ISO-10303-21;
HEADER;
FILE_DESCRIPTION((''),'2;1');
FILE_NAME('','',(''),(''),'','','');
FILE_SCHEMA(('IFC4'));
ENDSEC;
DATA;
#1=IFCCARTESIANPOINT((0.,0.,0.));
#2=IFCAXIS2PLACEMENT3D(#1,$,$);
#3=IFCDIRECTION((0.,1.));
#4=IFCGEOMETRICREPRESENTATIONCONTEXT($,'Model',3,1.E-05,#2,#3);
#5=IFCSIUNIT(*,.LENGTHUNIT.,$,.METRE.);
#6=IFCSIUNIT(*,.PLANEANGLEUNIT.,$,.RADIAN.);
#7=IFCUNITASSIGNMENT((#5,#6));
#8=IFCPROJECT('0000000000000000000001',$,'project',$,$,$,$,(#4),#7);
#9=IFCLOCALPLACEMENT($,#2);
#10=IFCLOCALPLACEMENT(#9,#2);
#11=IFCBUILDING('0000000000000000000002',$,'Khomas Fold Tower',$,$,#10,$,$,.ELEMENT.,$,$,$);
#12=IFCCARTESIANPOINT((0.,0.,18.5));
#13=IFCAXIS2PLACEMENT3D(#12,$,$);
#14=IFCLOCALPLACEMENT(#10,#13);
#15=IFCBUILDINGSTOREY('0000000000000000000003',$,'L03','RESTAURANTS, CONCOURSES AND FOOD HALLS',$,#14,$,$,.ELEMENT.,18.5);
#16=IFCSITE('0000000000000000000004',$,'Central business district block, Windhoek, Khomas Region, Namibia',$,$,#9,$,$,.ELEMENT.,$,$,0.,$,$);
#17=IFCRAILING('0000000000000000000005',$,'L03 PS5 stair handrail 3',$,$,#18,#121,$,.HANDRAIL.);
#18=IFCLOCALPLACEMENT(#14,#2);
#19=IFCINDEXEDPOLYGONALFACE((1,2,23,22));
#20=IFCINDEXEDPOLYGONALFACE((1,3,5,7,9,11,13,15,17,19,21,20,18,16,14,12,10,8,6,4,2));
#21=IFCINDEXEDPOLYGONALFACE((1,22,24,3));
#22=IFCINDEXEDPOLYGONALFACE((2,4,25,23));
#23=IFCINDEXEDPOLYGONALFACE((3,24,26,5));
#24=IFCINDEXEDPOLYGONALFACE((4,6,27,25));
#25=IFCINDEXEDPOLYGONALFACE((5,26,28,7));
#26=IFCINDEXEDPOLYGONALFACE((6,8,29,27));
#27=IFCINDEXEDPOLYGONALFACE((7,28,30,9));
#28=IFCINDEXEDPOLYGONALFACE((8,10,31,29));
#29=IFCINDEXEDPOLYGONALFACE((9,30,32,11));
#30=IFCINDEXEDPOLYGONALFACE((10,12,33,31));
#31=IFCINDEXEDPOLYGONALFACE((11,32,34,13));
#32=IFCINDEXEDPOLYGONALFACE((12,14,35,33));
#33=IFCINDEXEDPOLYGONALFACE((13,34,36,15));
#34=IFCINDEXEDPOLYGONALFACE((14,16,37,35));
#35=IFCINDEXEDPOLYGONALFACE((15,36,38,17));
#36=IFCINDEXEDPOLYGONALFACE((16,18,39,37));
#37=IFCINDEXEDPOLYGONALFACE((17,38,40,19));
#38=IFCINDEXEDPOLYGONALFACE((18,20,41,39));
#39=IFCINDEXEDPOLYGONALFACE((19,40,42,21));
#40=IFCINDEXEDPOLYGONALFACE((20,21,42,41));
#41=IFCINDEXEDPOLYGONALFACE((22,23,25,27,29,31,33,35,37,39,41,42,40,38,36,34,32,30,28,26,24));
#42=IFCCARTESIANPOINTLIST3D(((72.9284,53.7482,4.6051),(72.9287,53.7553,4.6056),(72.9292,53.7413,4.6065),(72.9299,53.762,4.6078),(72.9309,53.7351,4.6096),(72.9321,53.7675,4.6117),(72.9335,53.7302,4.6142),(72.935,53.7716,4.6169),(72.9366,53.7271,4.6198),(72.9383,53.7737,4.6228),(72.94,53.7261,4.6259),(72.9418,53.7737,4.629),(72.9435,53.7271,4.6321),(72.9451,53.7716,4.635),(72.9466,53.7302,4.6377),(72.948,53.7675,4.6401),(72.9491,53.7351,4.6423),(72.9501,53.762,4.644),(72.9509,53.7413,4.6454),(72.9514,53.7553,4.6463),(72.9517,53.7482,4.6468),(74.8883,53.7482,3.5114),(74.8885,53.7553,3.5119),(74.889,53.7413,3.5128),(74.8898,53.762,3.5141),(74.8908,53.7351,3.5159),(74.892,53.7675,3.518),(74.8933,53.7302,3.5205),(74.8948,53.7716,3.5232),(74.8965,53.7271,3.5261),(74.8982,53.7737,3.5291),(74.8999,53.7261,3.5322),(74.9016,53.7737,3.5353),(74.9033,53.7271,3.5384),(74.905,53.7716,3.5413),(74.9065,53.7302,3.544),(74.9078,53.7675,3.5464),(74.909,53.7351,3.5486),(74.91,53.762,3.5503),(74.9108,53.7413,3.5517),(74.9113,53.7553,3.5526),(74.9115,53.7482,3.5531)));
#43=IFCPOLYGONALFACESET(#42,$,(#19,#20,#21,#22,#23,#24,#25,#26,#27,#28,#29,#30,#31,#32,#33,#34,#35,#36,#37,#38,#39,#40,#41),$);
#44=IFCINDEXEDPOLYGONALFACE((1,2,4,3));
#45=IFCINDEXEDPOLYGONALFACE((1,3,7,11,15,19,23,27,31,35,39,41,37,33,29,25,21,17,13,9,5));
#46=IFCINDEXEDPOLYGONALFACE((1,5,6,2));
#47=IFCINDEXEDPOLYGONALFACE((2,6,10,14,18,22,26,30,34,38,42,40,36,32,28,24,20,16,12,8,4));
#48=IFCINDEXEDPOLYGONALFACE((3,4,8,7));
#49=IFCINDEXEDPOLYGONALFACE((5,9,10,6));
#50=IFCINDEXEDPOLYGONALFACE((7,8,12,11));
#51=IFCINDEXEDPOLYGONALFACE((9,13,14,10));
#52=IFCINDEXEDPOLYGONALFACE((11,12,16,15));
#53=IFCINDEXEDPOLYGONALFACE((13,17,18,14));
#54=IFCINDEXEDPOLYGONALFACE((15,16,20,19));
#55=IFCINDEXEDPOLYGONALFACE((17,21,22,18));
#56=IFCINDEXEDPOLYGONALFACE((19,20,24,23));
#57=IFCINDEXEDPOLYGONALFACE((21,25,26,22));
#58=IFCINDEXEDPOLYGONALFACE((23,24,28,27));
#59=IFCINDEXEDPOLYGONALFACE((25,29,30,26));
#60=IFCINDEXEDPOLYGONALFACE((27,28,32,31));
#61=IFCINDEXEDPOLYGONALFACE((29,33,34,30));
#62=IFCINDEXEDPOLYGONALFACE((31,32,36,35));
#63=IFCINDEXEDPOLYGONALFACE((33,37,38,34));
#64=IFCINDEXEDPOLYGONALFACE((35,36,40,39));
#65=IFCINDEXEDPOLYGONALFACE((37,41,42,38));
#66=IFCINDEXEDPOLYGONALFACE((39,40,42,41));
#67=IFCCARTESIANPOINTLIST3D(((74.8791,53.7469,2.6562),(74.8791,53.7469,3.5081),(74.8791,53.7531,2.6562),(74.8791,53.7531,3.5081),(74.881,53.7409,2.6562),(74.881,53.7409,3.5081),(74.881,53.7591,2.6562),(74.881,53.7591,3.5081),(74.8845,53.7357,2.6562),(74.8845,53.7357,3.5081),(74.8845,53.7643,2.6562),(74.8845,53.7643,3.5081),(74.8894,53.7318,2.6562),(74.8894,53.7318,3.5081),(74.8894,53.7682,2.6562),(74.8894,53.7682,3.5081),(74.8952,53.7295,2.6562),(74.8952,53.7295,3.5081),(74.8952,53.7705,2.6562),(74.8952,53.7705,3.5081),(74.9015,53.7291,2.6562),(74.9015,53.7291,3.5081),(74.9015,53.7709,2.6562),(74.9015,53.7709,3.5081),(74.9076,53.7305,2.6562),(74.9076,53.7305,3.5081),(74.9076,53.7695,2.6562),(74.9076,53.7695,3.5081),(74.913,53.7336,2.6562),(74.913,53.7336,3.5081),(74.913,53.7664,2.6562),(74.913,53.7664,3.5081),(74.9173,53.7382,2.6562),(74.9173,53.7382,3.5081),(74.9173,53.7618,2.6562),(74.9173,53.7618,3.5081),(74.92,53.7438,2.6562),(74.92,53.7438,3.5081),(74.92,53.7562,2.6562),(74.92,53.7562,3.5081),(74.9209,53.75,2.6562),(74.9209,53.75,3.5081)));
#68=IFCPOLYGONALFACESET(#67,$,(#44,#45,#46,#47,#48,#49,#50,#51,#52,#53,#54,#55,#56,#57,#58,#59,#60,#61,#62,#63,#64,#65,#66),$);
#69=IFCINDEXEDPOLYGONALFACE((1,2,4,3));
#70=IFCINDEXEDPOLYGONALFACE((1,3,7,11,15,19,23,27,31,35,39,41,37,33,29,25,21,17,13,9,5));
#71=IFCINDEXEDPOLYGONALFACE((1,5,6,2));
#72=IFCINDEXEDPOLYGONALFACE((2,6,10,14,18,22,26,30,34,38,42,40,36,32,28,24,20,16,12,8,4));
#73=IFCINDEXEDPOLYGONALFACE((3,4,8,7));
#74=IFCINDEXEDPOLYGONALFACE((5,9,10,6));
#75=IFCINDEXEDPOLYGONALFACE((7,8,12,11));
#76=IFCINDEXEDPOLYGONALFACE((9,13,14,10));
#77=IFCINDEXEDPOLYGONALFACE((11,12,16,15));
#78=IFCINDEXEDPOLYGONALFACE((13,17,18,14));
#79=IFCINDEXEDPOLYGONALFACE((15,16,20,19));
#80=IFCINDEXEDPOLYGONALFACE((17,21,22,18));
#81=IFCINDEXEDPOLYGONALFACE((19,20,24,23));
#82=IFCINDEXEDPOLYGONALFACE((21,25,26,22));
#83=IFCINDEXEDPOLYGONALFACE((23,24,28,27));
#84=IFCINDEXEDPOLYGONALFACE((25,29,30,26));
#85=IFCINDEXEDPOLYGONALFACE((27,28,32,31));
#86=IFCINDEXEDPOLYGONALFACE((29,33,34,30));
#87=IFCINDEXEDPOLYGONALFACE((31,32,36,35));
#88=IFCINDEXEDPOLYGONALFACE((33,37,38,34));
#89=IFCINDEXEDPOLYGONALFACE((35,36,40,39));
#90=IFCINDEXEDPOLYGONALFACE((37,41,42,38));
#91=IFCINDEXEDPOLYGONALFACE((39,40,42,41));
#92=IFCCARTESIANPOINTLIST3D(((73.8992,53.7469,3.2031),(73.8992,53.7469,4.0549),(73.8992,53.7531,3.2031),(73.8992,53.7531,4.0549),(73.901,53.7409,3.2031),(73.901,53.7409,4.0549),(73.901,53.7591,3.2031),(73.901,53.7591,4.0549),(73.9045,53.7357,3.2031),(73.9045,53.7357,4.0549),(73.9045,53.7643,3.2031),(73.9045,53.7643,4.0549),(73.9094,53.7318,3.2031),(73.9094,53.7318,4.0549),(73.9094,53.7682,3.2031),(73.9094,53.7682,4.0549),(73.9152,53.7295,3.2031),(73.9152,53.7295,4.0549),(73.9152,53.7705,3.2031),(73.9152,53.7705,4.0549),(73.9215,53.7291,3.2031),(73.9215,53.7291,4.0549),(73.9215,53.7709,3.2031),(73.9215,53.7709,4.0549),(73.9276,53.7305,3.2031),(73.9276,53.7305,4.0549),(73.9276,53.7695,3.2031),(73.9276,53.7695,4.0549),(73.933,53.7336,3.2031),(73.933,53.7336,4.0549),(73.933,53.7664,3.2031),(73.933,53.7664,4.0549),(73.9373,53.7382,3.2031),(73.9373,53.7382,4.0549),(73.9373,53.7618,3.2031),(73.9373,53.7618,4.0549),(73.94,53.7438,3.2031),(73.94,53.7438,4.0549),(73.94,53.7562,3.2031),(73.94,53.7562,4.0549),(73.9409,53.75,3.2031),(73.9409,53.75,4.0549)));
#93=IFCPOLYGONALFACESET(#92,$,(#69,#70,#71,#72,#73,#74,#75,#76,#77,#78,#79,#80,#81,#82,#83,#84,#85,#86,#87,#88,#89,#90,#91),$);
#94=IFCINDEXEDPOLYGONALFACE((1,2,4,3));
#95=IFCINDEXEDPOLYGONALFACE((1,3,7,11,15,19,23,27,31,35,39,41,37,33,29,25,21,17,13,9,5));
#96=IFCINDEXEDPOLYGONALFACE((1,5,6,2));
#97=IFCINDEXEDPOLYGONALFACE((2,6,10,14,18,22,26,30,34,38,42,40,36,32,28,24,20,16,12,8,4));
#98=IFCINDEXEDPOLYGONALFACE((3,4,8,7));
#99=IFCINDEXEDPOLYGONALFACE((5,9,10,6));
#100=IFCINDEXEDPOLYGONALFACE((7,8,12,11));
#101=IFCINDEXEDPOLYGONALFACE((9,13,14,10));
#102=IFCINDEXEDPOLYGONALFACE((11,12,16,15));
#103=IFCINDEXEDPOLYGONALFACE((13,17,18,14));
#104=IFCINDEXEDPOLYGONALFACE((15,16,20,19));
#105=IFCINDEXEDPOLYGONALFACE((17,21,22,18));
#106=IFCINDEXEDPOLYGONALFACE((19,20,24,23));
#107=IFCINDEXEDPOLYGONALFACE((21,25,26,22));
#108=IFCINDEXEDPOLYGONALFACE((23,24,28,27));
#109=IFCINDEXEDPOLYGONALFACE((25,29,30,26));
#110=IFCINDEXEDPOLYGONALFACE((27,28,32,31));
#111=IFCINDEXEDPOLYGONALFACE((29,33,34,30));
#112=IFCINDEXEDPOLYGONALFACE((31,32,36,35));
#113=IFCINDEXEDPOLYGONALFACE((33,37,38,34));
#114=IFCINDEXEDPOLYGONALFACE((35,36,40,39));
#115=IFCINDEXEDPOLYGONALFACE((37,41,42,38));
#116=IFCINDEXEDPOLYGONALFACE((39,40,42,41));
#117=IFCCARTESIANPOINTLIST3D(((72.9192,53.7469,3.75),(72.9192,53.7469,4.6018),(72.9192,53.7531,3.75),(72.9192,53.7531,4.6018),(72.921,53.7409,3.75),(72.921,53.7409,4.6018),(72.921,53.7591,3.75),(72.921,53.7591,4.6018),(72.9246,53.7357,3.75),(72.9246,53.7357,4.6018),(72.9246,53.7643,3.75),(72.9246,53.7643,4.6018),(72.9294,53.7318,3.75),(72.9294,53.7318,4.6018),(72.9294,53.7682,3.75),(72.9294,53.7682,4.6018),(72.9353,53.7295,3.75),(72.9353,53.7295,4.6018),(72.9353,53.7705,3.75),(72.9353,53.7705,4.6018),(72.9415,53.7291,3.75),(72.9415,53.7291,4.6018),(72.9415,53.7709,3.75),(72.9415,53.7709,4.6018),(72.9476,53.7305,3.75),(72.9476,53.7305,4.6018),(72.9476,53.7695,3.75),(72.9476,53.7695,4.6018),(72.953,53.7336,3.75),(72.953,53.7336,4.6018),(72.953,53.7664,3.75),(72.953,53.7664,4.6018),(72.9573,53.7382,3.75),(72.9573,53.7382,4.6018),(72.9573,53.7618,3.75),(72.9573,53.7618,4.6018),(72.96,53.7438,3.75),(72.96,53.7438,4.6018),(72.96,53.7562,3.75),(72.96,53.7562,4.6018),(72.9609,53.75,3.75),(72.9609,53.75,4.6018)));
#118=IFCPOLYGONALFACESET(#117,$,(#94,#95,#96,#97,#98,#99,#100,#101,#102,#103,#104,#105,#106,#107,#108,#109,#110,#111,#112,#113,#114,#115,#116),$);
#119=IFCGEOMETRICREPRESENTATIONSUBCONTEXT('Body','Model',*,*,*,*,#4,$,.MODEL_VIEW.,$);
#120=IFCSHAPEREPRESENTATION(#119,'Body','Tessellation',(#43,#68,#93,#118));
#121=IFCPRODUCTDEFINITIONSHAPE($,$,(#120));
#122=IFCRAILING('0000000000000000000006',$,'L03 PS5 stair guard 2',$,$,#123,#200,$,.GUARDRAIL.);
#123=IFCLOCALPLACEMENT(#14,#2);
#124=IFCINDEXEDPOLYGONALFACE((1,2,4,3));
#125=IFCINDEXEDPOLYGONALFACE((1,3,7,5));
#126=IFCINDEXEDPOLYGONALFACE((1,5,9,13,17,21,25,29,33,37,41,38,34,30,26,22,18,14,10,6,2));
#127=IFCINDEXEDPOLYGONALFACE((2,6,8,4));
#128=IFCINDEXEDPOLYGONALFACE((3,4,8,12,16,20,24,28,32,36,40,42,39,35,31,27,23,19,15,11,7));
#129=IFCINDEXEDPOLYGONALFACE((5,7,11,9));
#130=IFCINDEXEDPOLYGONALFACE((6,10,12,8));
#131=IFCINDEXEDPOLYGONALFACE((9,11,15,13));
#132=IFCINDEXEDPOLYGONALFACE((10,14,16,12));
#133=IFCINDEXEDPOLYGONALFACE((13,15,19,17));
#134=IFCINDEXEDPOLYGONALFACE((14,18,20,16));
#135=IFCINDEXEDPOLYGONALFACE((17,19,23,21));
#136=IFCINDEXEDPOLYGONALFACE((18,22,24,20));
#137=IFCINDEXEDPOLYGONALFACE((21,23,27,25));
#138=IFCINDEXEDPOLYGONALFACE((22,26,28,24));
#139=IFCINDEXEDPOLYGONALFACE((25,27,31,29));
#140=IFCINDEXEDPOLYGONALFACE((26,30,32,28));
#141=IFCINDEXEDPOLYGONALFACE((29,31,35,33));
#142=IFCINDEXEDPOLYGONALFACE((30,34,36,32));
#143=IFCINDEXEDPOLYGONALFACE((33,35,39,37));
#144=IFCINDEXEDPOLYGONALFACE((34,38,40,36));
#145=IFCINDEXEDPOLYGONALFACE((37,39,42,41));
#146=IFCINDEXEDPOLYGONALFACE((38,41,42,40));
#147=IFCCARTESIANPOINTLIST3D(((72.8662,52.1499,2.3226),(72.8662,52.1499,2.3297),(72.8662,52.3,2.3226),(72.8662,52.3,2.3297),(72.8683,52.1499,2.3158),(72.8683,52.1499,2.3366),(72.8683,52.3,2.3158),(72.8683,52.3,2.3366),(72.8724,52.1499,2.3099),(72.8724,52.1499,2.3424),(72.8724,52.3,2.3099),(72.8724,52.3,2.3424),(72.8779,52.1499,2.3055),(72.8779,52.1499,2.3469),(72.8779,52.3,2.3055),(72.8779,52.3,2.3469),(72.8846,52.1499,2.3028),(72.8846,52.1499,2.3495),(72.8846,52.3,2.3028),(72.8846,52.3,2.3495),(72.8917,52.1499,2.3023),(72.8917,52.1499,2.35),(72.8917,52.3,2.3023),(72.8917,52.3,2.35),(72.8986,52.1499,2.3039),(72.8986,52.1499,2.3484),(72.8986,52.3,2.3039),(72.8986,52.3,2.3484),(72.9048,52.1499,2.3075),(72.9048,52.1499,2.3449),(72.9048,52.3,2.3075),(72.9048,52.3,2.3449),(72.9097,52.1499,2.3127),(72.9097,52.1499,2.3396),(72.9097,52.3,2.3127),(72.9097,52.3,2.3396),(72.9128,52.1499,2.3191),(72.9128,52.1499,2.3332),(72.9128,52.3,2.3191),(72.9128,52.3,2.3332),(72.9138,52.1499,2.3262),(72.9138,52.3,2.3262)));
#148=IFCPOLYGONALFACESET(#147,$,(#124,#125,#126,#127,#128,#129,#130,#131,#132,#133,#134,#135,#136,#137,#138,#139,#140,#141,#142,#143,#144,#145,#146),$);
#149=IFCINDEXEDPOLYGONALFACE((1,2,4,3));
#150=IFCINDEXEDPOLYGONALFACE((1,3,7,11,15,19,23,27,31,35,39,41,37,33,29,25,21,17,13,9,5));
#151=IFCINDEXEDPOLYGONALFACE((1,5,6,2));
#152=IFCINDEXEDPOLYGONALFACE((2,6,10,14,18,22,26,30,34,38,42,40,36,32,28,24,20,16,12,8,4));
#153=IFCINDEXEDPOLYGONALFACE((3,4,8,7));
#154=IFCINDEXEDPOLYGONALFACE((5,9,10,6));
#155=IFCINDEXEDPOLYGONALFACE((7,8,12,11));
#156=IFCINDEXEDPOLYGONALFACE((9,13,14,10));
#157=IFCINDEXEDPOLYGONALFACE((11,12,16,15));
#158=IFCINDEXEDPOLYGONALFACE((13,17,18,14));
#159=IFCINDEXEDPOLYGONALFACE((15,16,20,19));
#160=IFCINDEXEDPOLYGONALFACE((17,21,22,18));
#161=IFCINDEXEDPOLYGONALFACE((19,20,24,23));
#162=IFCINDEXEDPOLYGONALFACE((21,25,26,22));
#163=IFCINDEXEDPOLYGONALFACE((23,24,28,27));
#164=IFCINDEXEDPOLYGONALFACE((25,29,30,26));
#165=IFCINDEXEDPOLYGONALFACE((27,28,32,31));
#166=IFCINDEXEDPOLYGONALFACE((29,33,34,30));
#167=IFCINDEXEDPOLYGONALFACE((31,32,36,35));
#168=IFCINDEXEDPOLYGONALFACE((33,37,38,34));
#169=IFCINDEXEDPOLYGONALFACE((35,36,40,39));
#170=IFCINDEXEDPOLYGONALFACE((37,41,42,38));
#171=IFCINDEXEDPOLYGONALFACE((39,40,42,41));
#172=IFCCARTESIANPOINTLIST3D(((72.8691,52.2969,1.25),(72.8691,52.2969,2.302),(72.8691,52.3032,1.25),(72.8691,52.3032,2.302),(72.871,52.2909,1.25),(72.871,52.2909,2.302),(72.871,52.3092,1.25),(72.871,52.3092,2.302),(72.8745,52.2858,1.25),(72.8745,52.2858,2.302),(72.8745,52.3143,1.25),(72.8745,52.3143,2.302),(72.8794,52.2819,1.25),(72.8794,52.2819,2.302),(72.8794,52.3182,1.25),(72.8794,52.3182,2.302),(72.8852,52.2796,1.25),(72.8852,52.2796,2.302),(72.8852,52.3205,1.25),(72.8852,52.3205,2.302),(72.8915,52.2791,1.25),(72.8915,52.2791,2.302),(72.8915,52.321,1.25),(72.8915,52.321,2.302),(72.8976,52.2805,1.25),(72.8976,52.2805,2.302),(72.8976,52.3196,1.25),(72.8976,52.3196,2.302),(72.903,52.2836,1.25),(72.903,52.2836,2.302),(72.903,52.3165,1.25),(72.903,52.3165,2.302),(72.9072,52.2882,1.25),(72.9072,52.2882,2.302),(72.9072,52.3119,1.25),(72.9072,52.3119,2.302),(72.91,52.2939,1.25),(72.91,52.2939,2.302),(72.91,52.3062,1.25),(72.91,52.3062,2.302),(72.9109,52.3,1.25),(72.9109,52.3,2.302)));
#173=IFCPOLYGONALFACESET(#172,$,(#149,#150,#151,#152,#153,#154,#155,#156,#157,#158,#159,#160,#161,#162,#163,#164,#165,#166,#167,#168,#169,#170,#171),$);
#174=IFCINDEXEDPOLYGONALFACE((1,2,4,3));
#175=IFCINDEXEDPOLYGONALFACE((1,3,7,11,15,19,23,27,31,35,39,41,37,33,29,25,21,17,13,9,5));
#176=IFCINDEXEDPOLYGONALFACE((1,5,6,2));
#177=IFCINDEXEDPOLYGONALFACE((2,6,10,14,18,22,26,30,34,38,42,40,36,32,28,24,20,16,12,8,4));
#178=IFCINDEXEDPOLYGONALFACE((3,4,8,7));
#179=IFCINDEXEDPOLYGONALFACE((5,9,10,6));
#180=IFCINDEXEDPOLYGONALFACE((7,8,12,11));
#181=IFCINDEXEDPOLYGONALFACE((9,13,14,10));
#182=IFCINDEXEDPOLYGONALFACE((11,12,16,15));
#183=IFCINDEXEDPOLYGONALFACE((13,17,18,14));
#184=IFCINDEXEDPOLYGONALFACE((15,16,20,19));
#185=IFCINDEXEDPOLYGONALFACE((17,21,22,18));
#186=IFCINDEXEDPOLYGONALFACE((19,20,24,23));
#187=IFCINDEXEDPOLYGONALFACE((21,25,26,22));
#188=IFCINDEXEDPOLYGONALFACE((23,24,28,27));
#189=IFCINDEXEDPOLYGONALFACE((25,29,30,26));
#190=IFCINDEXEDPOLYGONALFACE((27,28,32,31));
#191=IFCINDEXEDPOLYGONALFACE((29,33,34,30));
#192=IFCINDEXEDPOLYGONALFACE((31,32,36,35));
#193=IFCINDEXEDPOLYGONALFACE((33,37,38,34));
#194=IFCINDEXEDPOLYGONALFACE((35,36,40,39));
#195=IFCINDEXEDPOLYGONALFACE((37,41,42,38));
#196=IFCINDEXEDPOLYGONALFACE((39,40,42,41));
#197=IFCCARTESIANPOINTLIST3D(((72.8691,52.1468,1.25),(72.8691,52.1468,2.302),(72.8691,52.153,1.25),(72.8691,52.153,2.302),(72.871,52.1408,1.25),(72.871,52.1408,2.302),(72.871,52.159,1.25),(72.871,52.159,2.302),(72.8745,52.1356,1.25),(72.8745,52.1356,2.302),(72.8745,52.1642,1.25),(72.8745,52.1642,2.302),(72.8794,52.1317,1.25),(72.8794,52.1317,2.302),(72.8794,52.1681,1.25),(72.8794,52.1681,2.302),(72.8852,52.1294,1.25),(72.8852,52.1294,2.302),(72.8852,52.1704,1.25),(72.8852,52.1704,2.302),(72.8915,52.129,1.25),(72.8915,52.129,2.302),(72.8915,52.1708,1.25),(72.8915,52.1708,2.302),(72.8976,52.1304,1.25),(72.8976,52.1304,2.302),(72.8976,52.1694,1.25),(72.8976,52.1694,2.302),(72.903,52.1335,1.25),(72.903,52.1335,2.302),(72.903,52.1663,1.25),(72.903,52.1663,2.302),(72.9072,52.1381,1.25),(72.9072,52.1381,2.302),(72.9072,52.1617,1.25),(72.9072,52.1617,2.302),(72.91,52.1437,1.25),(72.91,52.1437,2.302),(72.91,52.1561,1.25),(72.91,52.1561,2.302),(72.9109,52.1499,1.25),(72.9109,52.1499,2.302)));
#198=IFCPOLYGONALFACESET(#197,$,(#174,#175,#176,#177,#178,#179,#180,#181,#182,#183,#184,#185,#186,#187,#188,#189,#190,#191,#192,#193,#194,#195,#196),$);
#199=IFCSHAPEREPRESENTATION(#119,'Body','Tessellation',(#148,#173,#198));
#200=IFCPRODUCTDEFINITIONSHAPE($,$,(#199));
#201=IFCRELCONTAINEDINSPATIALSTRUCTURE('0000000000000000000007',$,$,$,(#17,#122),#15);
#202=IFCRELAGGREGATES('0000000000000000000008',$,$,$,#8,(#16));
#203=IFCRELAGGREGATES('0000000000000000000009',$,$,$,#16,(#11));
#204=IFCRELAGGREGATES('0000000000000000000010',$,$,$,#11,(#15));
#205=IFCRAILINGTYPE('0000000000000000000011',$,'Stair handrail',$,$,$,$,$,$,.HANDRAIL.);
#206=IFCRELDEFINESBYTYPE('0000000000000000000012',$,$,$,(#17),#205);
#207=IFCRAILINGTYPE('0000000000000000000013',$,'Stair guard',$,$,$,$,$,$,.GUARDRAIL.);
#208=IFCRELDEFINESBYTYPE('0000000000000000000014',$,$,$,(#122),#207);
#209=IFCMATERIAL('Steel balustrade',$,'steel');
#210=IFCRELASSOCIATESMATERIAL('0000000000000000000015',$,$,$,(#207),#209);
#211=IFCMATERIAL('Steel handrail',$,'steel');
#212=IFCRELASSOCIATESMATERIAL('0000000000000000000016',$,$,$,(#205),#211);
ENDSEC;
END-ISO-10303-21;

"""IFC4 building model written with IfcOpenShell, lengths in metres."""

from ifc_helpers import new_model, si_unit, direction, frame, origin, origin_2d, place, context, subcontext, project, spatial, circle, extrude, source, transform, mapped, material, type_object, element, save


model = new_model("IFC4")

# Units and contexts
model_context = context("Model", 3, precision=1e-05, world=origin(), true_north=direction((0.0, 1.0)))
body_context = subcontext(model_context, "Body", "Model", "MODEL_VIEW")
ifc_project = project(units=[si_unit("LENGTHUNIT", "METRE"), si_unit("PLANEANGLEUNIT", "RADIAN")], contexts=[model_context])

# Site, building, storey
site_placement = place(None, origin())
site = spatial("IfcSite", under=ifc_project, at=site_placement, Name="Central business district block, Windhoek, Khomas Region, Namibia", CompositionType="ELEMENT", RefElevation=0.0)
building_placement = place(site_placement, origin())
building = spatial("IfcBuilding", under=site, at=building_placement, Name="Khomas Fold Tower", CompositionType="ELEMENT")
storey_placement = place(building_placement, frame((0.0, 0.0, 18.5)))
storey = spatial("IfcBuildingStorey", under=building, at=storey_placement, Name="L03", Description="RESTAURANTS, CONCOURSES AND FOOD HALLS", CompositionType="ELEMENT", Elevation=18.5)

# Railings
ifc_material_1 = material(Name="Steel balustrade", Category="steel")
railing_type_1 = type_object("IfcRailingType", Name="Stair guard", PredefinedType="GUARDRAIL", material=ifc_material_1)
ifc_material_2 = material(Name="Steel handrail", Category="steel")
railing_type_2 = type_object("IfcRailingType", Name="Stair handrail", PredefinedType="HANDRAIL", material=ifc_material_2)
shared_shape_1 = source(origin(), body_context, "Body", "SweptSolid", [
    extrude(circle(Radius=0.0239, at=origin_2d()), frame((0.0, 0.0, 0.876), z_axis=(-0.873232, 0.0, 0.487304), x_axis=(0.0, -1.0, 0.0)), (0.0, 0.0, 1.0), 2.2444),
    extrude(circle(Radius=0.021, at=origin_2d()), origin(), (0.0, 0.0, 1.0), 0.8518),
    extrude(circle(Radius=0.021, at=origin_2d()), frame((-0.98, 0.0, 0.5469)), (0.0, 0.0, 1.0), 0.8518),
    extrude(circle(Radius=0.021, at=origin_2d()), frame((-1.96, 0.0, 1.0938)), (0.0, 0.0, 1.0), 0.8518),
])
for number, where, name in (
    (1, (74.8999, 53.75, 2.6562), "L03 PS5 stair handrail 3"),
):
    element("IfcRailing", number, at=place(storey_placement, frame(where)), inside=storey, type_object=railing_type_2, Name=name, PredefinedType="HANDRAIL", context=body_context, shape_type="MappedRepresentation", body=[
        mapped(shared_shape_1, transform((0.0, 0.0, 0.0))),
    ])
shared_shape_2 = source(origin(), body_context, "Body", "SweptSolid", [
    extrude(circle(Radius=0.0239, at=origin_2d()), frame((0.0, 0.0, 1.0762), z_axis=(0.0, -1.0, 0.0), x_axis=(1.0, 0.0, 0.0)), (0.0, 0.0, 1.0), 0.1501),
    extrude(circle(Radius=0.021, at=origin_2d()), origin(), (0.0, 0.0, 1.0), 1.052),
    extrude(circle(Radius=0.021, at=origin_2d()), frame((0.0, -0.1501, 0.0)), (0.0, 0.0, 1.0), 1.052),
])
for number, where, name in (
    (2, (72.8899, 52.3, 1.25), "L03 PS5 stair guard 2"),
):
    element("IfcRailing", number, at=place(storey_placement, frame(where)), inside=storey, type_object=railing_type_1, Name=name, PredefinedType="GUARDRAIL", context=body_context, shape_type="MappedRepresentation", body=[
        mapped(shared_shape_2, transform((0.0, 0.0, 0.0))),
    ])

save(model, "model.ifc")
